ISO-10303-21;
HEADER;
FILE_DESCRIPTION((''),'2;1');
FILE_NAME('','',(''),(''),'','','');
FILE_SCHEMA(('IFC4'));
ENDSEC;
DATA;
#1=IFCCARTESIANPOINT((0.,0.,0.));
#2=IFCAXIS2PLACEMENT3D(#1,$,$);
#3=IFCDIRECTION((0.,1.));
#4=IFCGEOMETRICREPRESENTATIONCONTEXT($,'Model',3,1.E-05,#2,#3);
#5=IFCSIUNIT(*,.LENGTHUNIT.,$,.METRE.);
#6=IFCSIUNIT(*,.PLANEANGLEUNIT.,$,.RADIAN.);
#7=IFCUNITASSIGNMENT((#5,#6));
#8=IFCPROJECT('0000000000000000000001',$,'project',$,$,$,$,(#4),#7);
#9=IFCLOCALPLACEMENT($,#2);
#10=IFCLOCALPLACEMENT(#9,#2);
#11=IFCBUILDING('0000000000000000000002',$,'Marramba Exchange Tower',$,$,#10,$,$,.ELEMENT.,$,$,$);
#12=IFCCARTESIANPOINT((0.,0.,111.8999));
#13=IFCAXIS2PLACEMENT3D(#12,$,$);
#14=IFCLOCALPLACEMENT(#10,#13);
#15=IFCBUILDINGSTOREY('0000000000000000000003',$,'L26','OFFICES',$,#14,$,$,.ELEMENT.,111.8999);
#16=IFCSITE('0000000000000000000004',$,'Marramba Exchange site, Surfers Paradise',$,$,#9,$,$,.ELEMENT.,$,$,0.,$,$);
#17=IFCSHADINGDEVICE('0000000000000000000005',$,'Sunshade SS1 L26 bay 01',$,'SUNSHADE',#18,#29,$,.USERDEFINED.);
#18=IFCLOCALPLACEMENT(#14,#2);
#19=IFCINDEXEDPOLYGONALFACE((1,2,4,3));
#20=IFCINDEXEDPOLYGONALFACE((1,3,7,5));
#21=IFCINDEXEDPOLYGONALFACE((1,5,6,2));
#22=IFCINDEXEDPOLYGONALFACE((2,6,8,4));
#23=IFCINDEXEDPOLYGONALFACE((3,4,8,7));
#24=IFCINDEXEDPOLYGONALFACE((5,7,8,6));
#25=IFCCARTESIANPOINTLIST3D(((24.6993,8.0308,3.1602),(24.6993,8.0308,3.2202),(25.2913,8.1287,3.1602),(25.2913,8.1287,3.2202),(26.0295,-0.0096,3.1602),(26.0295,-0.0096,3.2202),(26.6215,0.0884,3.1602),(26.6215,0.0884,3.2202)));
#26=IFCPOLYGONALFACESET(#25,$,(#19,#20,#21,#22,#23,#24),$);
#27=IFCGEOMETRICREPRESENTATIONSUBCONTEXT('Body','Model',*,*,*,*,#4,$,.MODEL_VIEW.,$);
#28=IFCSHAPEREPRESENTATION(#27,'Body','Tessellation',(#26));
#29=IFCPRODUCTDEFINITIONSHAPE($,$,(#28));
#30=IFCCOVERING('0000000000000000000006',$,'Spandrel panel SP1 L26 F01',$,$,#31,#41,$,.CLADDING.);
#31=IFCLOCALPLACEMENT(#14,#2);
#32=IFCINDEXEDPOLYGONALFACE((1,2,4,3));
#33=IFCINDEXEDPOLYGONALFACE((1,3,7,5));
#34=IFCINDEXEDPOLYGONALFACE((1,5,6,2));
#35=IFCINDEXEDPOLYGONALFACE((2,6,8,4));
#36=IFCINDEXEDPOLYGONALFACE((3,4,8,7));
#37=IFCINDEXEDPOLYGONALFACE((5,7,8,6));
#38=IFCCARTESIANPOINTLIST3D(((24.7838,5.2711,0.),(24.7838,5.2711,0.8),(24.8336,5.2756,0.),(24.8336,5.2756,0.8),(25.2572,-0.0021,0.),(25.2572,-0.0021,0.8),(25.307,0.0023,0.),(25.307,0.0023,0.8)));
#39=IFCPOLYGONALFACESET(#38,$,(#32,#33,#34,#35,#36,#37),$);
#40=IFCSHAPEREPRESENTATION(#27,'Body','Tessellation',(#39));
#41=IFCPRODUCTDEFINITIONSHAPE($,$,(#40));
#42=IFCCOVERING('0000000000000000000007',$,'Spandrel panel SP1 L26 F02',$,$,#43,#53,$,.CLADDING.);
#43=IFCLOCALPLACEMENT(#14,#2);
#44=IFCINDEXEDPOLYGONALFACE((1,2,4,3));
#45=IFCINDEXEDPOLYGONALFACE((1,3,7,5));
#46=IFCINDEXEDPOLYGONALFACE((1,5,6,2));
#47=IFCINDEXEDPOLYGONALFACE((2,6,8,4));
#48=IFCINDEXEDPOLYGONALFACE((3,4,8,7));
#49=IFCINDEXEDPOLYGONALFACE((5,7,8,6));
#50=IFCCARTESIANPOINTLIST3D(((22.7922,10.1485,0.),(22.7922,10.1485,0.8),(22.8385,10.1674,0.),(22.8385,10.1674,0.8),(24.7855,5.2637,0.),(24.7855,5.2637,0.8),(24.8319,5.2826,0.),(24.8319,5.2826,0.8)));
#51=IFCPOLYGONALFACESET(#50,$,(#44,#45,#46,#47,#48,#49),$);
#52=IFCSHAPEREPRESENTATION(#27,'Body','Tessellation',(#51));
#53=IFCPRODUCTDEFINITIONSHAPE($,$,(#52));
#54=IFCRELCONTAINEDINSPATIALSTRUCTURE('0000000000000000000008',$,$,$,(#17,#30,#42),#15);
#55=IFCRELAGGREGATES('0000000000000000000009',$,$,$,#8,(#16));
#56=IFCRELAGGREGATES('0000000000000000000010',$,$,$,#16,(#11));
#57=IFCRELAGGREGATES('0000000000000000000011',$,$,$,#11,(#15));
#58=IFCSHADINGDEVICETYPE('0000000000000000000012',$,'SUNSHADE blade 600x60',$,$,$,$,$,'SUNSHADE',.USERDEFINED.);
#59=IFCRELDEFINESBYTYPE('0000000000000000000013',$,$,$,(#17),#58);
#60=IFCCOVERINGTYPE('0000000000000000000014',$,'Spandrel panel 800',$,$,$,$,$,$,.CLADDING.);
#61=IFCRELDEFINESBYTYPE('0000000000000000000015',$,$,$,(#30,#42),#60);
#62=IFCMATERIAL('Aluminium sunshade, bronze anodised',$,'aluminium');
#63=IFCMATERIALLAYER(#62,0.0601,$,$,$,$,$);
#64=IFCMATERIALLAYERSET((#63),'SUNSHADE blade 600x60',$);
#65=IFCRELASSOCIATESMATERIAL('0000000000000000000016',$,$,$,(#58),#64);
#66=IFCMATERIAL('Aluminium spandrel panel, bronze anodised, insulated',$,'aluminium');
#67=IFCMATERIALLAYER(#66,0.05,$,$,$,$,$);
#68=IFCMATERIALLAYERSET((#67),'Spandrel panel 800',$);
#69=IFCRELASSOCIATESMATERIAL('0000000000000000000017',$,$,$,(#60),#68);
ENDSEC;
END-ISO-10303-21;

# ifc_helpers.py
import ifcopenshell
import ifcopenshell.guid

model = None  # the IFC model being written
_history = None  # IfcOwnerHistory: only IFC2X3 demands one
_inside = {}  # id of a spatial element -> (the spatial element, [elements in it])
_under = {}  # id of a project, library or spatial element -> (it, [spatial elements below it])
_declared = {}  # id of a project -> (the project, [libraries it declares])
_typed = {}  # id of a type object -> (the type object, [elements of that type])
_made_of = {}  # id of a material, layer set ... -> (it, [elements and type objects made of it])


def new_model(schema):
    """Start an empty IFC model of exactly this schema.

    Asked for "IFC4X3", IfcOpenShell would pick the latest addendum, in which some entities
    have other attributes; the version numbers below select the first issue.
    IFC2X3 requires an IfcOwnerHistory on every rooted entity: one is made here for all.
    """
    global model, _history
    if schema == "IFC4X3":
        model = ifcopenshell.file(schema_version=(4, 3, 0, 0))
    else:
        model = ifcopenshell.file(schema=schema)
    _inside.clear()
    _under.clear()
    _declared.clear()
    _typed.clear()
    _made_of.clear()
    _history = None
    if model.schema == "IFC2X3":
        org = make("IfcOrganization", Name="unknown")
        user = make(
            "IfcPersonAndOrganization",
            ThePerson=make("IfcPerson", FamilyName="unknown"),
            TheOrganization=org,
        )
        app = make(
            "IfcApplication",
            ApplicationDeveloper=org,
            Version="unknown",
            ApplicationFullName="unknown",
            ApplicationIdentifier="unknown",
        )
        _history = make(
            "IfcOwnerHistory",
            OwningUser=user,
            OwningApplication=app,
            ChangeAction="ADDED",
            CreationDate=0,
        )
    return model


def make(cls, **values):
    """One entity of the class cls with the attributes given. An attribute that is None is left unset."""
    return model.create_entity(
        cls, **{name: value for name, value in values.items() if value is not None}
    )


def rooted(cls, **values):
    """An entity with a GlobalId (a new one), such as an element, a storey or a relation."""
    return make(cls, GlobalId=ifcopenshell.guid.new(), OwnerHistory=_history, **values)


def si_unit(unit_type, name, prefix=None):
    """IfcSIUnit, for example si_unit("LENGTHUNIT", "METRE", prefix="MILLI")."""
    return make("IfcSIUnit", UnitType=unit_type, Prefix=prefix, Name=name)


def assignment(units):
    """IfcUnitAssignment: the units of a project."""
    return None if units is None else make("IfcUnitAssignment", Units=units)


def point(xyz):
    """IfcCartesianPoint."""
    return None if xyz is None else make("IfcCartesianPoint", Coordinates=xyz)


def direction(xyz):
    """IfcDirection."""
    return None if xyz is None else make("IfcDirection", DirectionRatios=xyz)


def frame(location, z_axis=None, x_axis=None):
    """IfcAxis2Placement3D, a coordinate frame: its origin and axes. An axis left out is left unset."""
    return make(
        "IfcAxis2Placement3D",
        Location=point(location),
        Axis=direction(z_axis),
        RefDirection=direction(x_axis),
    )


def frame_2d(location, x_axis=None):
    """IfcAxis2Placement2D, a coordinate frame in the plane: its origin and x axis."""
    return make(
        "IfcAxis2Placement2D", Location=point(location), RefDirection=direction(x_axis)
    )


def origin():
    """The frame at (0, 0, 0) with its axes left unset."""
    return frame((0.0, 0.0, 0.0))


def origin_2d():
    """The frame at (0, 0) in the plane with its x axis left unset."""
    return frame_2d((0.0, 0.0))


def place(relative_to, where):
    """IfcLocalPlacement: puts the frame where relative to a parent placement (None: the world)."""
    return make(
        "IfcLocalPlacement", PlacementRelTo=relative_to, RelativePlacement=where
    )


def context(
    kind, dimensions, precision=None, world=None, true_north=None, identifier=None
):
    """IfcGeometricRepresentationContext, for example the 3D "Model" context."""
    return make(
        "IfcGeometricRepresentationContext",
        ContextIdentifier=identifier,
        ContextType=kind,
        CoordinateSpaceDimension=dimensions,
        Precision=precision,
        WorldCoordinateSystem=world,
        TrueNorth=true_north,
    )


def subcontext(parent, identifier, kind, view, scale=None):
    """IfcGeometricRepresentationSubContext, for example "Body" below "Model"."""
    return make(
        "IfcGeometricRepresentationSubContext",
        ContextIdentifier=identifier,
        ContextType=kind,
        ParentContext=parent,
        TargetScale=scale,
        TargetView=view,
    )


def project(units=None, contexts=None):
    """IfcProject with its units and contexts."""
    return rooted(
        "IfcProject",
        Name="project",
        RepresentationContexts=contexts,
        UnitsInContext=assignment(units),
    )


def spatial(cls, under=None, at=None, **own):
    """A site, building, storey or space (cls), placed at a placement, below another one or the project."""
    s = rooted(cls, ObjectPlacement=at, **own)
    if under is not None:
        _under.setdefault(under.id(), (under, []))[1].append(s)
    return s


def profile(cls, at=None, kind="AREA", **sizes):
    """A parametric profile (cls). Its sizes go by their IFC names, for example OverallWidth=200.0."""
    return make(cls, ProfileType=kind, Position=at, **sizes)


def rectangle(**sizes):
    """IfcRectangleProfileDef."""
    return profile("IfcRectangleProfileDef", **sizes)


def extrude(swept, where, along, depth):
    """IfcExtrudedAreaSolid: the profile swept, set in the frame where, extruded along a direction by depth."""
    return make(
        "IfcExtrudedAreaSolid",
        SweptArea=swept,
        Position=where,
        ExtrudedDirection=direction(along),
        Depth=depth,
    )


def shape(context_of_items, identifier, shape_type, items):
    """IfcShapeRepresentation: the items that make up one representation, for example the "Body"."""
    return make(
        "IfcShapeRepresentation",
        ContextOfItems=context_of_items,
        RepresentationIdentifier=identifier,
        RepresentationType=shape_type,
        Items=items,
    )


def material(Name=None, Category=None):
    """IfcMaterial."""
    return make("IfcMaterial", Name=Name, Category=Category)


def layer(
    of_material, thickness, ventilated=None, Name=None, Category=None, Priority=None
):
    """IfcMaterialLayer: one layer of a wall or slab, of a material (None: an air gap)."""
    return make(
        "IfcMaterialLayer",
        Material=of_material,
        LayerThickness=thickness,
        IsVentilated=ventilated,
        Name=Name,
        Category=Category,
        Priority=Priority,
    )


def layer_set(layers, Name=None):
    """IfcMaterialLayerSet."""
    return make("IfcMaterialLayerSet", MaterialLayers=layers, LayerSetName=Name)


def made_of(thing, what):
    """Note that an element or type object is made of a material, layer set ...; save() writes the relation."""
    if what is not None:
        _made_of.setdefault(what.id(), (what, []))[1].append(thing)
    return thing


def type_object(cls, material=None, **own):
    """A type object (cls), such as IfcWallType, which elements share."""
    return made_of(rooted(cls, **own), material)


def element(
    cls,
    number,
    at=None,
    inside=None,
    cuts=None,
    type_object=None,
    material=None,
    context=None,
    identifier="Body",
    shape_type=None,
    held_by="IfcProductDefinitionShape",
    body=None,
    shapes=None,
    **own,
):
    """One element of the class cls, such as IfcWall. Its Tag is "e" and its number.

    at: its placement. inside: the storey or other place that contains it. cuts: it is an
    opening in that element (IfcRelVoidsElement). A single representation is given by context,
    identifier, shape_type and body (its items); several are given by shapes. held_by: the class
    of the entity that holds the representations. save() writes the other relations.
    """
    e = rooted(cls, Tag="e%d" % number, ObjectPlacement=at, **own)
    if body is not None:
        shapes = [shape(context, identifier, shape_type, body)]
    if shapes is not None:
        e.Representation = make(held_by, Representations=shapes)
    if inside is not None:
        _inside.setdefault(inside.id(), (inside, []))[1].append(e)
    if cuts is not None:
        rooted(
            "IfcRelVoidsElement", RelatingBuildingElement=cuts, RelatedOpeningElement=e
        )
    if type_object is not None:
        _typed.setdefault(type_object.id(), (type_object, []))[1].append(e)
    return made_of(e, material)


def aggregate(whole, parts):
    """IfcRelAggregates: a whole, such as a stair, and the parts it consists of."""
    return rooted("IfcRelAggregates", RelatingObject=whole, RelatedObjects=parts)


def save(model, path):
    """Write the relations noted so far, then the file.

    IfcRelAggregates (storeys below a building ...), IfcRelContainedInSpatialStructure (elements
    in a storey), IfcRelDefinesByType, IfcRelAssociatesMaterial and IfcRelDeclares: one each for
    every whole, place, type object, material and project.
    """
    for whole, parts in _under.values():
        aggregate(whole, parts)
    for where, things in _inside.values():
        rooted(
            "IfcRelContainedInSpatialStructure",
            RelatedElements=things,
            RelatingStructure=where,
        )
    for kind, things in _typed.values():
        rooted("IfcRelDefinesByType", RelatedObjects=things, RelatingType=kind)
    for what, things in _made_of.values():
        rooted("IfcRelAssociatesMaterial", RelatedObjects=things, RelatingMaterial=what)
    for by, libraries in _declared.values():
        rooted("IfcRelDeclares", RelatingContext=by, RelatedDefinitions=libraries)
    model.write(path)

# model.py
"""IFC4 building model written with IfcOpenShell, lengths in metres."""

from ifc_helpers import new_model, si_unit, direction, frame, origin, origin_2d, place, context, subcontext, project, spatial, rectangle, extrude, material, layer, layer_set, type_object, element, save


model = new_model("IFC4")

# Units and contexts
model_context = context("Model", 3, precision=1e-05, world=origin(), true_north=direction((0.0, 1.0)))
body_context = subcontext(model_context, "Body", "Model", "MODEL_VIEW")
ifc_project = project(units=[si_unit("LENGTHUNIT", "METRE"), si_unit("PLANEANGLEUNIT", "RADIAN")], contexts=[model_context])

# Site, building, storey
site_placement = place(None, origin())
site = spatial("IfcSite", under=ifc_project, at=site_placement, Name="Marramba Exchange site, Surfers Paradise", CompositionType="ELEMENT", RefElevation=0.0)
building_placement = place(site_placement, origin())
building = spatial("IfcBuilding", under=site, at=building_placement, Name="Marramba Exchange Tower", CompositionType="ELEMENT")
storey_placement = place(building_placement, frame((0.0, 0.0, 111.8999)))
storey = spatial("IfcBuildingStorey", under=building, at=storey_placement, Name="L26", Description="OFFICES", CompositionType="ELEMENT", Elevation=111.8999)

# Shading device
ifc_material_1 = material(Name="Aluminium sunshade, bronze anodised", Category="aluminium")
ifc_layer_1 = layer(ifc_material_1, 0.0601)
ifc_layer_set_1 = layer_set([ifc_layer_1], Name="SUNSHADE blade 600x60")
shading_device_type_1 = type_object("IfcShadingDeviceType", Name="SUNSHADE blade 600x60", ElementType="SUNSHADE", PredefinedType="USERDEFINED", material=ifc_layer_set_1)
shading_device_1_placement = place(storey_placement, frame((25.6604, 4.0596, 3.1602), z_axis=(0.0, 0.0, 1.0), x_axis=(-0.163228, 0.986588, 0.0)))
element("IfcShadingDevice", 1, at=shading_device_1_placement, inside=storey, type_object=shading_device_type_1, Name="Sunshade SS1 L26 bay 01", ObjectType="SUNSHADE", PredefinedType="USERDEFINED", context=body_context, shape_type="SweptSolid", body=[
    extrude(rectangle(XDim=8.1497, YDim=0.6001, at=origin_2d()), origin(), (0.0, 0.0, 1.0), 0.0601),
])

# Coverings
ifc_material_2 = material(Name="Aluminium spandrel panel, bronze anodised, insulated", Category="aluminium")
ifc_layer_2 = layer(ifc_material_2, 0.05)
ifc_layer_set_2 = layer_set([ifc_layer_2], Name="Spandrel panel 800")
covering_type = type_object("IfcCoveringType", Name="Spandrel panel 800", PredefinedType="CLADDING", material=ifc_layer_set_2)
covering_1_placement = place(storey_placement, frame((25.0454, 2.6367, 0.0), z_axis=(0.0, 0.0, 1.0), x_axis=(-0.089413, 0.995995, 0.0)))
element("IfcCovering", 2, at=covering_1_placement, inside=storey, type_object=covering_type, Name="Spandrel panel SP1 L26 F01", PredefinedType="CLADDING", context=body_context, shape_type="SweptSolid", body=[
    extrude(rectangle(XDim=5.2944, YDim=0.05, at=origin_2d()), origin(), (0.0, 0.0, 1.0), 0.8),
])
covering_2_placement = place(storey_placement, frame((23.812, 7.7156, 0.0), z_axis=(0.0, 0.0, 1.0), x_axis=(-0.377821, 0.925879, 0.0)))
element("IfcCovering", 3, at=covering_2_placement, inside=storey, type_object=covering_type, Name="Spandrel panel SP1 L26 F02", PredefinedType="CLADDING", context=body_context, shape_type="SweptSolid", body=[
    extrude(rectangle(XDim=5.2759, YDim=0.05, at=origin_2d()), origin(), (0.0, 0.0, 1.0), 0.8),
])

save(model, "model.ifc")
